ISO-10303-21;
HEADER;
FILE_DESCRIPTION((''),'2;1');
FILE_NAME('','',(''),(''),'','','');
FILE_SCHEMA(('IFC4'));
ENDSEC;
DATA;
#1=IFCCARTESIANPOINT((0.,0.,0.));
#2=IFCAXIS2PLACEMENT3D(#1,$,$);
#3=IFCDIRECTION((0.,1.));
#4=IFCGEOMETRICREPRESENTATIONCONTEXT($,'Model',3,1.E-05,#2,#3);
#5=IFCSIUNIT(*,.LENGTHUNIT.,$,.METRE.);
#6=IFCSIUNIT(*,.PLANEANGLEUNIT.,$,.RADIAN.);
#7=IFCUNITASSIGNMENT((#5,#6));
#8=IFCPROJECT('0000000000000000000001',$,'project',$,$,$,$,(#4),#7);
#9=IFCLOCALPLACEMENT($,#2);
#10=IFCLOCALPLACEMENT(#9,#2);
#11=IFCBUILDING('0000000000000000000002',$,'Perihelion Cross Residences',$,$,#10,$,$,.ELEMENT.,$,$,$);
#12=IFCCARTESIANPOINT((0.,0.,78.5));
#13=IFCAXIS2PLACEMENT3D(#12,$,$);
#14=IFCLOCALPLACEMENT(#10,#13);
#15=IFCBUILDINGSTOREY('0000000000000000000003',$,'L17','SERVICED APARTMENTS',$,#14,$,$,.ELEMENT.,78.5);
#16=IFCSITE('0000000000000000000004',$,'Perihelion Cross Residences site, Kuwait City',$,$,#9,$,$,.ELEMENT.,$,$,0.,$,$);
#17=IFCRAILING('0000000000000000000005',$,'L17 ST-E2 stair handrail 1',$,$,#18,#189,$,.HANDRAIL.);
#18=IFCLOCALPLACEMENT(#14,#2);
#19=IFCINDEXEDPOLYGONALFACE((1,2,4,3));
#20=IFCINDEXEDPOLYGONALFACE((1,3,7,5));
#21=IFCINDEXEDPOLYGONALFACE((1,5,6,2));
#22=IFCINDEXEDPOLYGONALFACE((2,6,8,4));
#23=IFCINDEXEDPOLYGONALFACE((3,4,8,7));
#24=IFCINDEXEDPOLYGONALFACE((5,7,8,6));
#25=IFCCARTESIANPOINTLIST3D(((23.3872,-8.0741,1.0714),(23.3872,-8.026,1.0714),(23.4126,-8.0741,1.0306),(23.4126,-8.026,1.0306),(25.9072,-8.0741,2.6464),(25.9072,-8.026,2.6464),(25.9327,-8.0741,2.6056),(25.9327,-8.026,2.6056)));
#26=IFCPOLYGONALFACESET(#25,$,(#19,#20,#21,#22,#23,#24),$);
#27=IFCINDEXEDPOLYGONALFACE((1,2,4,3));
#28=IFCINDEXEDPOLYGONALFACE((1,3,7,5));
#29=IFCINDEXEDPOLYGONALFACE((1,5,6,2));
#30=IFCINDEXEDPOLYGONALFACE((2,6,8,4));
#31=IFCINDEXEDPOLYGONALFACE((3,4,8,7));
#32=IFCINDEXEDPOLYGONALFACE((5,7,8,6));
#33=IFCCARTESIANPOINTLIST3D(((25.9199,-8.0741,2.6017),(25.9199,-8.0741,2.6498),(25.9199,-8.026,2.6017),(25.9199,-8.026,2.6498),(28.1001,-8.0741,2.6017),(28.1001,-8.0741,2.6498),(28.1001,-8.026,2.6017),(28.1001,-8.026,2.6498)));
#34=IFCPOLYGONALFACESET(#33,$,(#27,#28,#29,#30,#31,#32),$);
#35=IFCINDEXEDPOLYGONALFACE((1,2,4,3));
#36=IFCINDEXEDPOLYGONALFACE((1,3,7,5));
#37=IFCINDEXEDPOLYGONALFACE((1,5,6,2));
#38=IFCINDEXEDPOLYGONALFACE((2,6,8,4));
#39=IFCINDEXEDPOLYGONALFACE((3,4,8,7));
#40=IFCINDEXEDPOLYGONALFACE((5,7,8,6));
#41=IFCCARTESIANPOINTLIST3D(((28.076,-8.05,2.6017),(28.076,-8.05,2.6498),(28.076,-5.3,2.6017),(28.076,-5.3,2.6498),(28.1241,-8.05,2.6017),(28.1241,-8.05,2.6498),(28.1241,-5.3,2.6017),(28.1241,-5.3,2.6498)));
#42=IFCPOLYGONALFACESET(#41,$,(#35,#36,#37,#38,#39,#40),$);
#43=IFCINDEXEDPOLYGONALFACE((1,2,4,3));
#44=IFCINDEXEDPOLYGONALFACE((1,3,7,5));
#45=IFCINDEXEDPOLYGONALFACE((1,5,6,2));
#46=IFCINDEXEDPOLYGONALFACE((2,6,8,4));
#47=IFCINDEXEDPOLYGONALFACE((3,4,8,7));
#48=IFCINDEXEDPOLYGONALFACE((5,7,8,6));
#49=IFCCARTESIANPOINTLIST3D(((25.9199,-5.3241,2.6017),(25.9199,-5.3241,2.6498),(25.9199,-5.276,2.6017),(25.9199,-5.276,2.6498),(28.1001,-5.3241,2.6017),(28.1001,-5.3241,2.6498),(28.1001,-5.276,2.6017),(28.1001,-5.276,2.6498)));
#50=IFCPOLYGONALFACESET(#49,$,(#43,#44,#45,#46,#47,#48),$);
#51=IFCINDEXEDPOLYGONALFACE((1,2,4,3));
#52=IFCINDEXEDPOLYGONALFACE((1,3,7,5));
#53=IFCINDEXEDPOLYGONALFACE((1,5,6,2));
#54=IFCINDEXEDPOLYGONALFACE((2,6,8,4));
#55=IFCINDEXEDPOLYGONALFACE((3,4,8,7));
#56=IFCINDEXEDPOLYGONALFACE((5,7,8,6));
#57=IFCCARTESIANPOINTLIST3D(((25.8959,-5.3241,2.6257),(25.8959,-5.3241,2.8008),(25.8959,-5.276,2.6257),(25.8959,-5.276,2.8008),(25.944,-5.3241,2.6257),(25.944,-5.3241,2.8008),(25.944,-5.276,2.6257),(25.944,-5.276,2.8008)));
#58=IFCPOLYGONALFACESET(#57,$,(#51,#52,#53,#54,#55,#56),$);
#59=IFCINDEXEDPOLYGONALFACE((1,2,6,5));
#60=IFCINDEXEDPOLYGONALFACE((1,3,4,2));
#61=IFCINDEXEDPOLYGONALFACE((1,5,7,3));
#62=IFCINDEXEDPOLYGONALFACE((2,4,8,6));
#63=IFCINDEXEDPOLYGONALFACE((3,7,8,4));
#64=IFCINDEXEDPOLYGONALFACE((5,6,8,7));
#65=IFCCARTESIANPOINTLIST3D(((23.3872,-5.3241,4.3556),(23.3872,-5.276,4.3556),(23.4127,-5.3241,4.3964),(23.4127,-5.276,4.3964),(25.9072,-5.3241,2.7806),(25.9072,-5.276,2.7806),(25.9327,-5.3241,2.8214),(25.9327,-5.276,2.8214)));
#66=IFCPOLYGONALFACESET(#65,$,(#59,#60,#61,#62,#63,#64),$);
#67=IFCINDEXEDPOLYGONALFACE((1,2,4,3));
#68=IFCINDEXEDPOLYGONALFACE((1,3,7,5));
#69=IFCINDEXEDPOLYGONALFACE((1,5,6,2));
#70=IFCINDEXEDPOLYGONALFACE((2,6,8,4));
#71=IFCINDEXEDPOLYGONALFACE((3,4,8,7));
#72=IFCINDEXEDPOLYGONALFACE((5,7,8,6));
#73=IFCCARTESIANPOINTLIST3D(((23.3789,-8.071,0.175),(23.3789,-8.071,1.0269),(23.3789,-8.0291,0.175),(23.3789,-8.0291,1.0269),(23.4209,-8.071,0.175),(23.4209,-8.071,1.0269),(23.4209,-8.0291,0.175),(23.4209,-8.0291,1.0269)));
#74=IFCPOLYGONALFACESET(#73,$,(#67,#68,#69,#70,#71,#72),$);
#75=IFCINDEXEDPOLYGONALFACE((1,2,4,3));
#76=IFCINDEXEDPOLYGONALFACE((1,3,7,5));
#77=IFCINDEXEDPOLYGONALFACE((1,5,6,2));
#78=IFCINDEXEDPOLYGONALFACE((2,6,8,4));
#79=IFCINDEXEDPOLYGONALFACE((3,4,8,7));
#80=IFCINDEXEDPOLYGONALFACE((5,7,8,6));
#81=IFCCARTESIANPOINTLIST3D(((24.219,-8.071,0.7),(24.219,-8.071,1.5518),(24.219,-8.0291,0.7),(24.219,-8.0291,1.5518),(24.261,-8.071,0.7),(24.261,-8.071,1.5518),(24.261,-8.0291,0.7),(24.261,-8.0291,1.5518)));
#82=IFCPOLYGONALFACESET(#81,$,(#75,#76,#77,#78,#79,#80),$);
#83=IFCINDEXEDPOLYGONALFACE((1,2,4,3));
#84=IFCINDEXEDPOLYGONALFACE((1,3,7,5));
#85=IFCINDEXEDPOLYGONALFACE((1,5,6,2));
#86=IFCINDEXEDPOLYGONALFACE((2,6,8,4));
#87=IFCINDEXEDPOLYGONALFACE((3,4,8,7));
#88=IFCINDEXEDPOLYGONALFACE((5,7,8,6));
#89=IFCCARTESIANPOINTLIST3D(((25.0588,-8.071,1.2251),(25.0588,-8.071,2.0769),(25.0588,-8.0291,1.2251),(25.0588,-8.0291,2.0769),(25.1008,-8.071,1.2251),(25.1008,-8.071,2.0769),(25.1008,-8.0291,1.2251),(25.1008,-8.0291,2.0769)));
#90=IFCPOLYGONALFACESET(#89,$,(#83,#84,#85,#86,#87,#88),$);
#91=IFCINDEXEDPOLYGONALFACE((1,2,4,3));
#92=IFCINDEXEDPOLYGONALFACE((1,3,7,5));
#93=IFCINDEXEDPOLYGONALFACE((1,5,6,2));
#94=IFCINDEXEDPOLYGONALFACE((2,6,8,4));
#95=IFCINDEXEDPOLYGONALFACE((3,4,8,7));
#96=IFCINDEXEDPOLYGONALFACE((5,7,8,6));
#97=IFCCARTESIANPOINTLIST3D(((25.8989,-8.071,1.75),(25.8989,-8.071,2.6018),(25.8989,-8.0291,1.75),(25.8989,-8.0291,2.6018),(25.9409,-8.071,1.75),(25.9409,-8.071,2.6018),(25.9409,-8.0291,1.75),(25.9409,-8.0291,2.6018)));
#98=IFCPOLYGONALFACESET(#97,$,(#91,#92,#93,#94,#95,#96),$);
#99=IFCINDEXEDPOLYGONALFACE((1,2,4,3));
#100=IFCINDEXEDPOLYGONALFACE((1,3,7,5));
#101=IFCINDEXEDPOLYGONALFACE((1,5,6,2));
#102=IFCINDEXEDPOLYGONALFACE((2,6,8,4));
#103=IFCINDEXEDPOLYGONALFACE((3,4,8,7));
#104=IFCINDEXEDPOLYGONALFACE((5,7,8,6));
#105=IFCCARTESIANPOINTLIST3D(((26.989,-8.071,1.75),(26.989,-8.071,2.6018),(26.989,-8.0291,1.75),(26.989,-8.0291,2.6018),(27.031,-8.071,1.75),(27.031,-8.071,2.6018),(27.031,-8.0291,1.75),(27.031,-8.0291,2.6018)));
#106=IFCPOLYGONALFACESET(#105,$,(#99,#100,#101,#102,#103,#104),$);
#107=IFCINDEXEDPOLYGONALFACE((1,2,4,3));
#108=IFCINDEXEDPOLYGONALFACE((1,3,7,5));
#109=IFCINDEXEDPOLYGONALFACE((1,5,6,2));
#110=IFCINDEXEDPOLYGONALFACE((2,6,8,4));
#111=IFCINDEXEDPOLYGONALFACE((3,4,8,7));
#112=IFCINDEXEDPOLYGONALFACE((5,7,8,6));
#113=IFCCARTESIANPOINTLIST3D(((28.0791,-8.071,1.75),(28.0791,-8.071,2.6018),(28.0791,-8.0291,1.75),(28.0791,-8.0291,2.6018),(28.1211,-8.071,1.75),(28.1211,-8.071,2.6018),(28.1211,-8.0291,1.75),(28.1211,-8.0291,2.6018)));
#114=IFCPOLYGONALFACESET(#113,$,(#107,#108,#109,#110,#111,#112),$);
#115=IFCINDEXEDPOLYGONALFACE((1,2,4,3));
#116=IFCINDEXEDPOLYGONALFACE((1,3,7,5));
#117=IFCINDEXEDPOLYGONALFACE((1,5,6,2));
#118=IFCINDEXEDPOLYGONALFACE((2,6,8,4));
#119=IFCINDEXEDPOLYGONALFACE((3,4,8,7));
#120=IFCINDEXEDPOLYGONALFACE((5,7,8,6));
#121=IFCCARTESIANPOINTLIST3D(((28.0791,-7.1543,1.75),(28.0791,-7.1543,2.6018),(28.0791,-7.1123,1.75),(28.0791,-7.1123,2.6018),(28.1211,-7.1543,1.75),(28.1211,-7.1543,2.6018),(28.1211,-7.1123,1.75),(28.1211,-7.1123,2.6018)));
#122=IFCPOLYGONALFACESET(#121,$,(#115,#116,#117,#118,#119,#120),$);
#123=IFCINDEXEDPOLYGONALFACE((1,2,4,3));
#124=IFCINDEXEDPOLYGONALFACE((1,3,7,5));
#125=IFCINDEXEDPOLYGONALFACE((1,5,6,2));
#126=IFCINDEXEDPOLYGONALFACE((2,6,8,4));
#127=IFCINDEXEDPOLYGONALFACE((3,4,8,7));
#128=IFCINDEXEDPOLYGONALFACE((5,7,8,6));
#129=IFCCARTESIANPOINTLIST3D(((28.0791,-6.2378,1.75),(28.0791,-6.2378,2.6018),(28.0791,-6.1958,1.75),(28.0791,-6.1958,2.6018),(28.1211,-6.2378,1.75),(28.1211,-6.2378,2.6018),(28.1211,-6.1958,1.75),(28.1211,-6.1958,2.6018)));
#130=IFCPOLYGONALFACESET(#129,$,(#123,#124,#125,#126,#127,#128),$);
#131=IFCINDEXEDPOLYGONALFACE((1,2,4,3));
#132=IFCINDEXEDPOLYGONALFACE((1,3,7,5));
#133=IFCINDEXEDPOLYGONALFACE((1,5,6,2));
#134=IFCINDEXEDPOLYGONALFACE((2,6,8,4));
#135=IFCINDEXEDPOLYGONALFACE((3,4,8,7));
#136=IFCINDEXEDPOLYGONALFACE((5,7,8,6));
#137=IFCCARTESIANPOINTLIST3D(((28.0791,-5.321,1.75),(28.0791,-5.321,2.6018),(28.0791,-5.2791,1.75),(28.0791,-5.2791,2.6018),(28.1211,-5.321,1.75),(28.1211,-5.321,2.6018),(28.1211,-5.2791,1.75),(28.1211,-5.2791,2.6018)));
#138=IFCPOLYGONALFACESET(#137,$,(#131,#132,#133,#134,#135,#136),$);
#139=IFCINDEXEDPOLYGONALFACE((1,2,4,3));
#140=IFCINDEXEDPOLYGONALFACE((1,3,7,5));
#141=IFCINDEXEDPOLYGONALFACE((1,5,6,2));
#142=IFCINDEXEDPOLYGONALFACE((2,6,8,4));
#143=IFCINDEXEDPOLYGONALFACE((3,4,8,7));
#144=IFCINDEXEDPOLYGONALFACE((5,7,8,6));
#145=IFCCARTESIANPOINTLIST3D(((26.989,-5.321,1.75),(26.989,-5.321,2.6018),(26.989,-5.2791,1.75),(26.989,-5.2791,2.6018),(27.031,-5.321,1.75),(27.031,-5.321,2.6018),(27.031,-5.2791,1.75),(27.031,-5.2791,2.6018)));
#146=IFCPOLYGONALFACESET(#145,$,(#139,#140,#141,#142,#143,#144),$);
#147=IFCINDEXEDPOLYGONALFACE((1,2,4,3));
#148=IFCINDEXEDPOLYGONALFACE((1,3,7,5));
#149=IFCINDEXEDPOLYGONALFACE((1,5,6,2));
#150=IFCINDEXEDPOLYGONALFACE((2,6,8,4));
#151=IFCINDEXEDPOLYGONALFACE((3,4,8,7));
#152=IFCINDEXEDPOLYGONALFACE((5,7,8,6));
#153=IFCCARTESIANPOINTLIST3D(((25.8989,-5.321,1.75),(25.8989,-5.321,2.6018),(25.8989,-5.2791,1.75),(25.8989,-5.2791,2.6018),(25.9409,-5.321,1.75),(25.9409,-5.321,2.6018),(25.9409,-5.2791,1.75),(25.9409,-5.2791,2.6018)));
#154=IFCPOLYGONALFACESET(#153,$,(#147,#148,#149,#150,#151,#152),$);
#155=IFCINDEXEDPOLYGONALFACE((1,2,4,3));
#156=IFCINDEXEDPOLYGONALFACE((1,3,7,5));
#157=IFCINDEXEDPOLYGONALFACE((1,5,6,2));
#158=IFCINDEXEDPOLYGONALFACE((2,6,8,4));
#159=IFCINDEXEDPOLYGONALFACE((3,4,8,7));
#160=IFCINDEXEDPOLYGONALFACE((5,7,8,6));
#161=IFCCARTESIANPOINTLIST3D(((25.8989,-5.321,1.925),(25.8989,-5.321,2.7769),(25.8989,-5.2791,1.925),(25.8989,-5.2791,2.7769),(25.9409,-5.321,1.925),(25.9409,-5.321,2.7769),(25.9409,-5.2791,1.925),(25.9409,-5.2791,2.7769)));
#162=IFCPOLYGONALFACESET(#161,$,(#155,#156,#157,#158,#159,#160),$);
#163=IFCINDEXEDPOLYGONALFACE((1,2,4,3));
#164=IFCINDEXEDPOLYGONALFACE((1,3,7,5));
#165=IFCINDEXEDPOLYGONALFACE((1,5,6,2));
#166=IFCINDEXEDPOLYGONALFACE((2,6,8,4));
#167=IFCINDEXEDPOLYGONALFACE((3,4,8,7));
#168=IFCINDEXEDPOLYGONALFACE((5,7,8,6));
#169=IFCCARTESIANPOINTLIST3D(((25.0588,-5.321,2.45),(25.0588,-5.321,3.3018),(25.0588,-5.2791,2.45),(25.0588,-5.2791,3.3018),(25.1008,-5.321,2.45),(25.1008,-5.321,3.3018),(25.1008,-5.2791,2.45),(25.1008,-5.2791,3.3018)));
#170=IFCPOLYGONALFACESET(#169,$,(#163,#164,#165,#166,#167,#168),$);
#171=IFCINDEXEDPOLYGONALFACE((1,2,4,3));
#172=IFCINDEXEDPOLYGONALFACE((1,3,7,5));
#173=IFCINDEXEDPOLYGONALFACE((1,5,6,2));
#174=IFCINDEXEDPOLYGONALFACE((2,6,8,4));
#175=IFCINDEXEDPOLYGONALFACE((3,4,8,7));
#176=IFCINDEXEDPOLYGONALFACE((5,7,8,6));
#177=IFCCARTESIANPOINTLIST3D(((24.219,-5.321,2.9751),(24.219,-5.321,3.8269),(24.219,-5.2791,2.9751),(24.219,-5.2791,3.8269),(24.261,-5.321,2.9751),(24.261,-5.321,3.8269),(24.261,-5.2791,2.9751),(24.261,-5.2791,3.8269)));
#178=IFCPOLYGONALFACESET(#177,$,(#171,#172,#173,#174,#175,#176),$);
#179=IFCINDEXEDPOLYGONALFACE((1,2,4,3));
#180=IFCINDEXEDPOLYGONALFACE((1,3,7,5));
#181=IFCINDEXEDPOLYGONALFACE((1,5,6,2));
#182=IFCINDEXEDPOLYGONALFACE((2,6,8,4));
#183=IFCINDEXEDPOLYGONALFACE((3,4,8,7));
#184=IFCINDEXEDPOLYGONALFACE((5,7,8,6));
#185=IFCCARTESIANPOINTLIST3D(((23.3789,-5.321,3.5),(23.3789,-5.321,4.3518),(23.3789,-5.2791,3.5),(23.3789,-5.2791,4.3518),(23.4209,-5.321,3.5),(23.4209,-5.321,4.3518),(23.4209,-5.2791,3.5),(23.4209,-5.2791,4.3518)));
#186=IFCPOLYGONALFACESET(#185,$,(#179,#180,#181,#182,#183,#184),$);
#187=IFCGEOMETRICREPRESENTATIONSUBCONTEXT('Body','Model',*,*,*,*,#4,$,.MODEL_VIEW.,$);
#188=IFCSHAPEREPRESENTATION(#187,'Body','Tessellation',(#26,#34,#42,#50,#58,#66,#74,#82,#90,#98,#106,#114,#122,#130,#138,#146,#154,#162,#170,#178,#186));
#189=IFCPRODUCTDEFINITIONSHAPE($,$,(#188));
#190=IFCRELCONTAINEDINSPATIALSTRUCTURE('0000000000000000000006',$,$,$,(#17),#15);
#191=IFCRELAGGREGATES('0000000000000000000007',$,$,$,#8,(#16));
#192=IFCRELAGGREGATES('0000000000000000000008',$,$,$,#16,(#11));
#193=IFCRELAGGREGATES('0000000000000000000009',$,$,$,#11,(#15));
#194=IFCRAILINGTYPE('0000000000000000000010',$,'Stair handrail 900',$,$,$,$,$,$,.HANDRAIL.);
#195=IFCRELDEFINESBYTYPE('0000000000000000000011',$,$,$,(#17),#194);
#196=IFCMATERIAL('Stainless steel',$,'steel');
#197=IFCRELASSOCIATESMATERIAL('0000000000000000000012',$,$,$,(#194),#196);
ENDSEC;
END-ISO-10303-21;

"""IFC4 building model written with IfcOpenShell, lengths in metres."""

from ifc_helpers import new_model, si_unit, direction, frame, origin, origin_2d, place, context, subcontext, project, spatial, rectangle, extrude, material, type_object, element, save


model = new_model("IFC4")

# Units and contexts
model_context = context("Model", 3, precision=1e-05, world=origin(), true_north=direction((0.0, 1.0)))
body_context = subcontext(model_context, "Body", "Model", "MODEL_VIEW")
ifc_project = project(units=[si_unit("LENGTHUNIT", "METRE"), si_unit("PLANEANGLEUNIT", "RADIAN")], contexts=[model_context])

# Site, building, storey
site_placement = place(None, origin())
site = spatial("IfcSite", under=ifc_project, at=site_placement, Name="Perihelion Cross Residences site, Kuwait City", CompositionType="ELEMENT", RefElevation=0.0)
building_placement = place(site_placement, origin())
building = spatial("IfcBuilding", under=site, at=building_placement, Name="Perihelion Cross Residences", CompositionType="ELEMENT")
storey_placement = place(building_placement, frame((0.0, 0.0, 78.5)))
storey = spatial("IfcBuildingStorey", under=building, at=storey_placement, Name="L17", Description="SERVICED APARTMENTS", CompositionType="ELEMENT", Elevation=78.5)

# Railing
ifc_material_1 = material(Name="Stainless steel", Category="steel")
railing_type_1 = type_object("IfcRailingType", Name="Stair handrail 900", PredefinedType="HANDRAIL", material=ifc_material_1)
railing_1_placement = place(storey_placement, frame((23.3999, -8.05, 0.175)))
element("IfcRailing", 1, at=railing_1_placement, inside=storey, type_object=railing_type_1, Name="L17 ST-E2 stair handrail 1", PredefinedType="HANDRAIL", context=body_context, shape_type="SweptSolid", body=[
    extrude(rectangle(XDim=0.0481, YDim=0.0481, at=origin_2d()), frame((0.0, 0.0, 0.876), z_axis=(0.848008, 0.0, 0.529984), x_axis=(0.0, 1.0, 0.0)), (0.0, 0.0, 1.0), 2.9717),
    extrude(rectangle(XDim=0.0481, YDim=0.0481, at=origin_2d()), frame((2.52, 0.0, 2.4507), z_axis=(1.0, 0.0, 0.0), x_axis=(0.0, 1.0, 0.0)), (0.0, 0.0, 1.0), 2.1802),
    extrude(rectangle(XDim=0.0481, YDim=0.0481, at=origin_2d()), frame((4.7002, 0.0, 2.4507), z_axis=(0.0, 1.0, 0.0), x_axis=(-1.0, 0.0, 0.0)), (0.0, 0.0, 1.0), 2.75),
    extrude(rectangle(XDim=0.0481, YDim=0.0481, at=origin_2d()), frame((4.7002, 2.75, 2.4507), z_axis=(-1.0, 0.0, 0.0), x_axis=(0.0, -1.0, 0.0)), (0.0, 0.0, 1.0), 2.1802),
    extrude(rectangle(XDim=0.0481, YDim=0.0481, at=origin_2d()), frame((2.52, 2.75, 2.4507), z_axis=(0.0, 0.0, 1.0), x_axis=(1.0, 0.0, 0.0)), (0.0, 0.0, 1.0), 0.175),
    extrude(rectangle(XDim=0.0481, YDim=0.0481, at=origin_2d()), frame((2.52, 2.75, 2.626), z_axis=(-0.848008, 0.0, 0.529984), x_axis=(0.0, -1.0, 0.0)), (0.0, 0.0, 1.0), 2.9717),
    extrude(rectangle(XDim=0.042, YDim=0.042, at=origin_2d()), origin(), (0.0, 0.0, 1.0), 0.8518),
    extrude(rectangle(XDim=0.042, YDim=0.042, at=origin_2d()), frame((0.8401, 0.0, 0.5249)), (0.0, 0.0, 1.0), 0.8518),
    extrude(rectangle(XDim=0.042, YDim=0.042, at=origin_2d()), frame((1.6799, 0.0, 1.05)), (0.0, 0.0, 1.0), 0.8518),
    extrude(rectangle(XDim=0.042, YDim=0.042, at=origin_2d()), frame((2.52, 0.0, 1.575)), (0.0, 0.0, 1.0), 0.8518),
    extrude(rectangle(XDim=0.042, YDim=0.042, at=origin_2d()), frame((3.6101, 0.0, 1.575)), (0.0, 0.0, 1.0), 0.8518),
    extrude(rectangle(XDim=0.042, YDim=0.042, at=origin_2d()), frame((4.7002, 0.0, 1.575)), (0.0, 0.0, 1.0), 0.8518),
    extrude(rectangle(XDim=0.042, YDim=0.042, at=origin_2d()), frame((4.7002, 0.9167, 1.575)), (0.0, 0.0, 1.0), 0.8518),
    extrude(rectangle(XDim=0.042, YDim=0.042, at=origin_2d()), frame((4.7002, 1.8333, 1.575)), (0.0, 0.0, 1.0), 0.8518),
    extrude(rectangle(XDim=0.042, YDim=0.042, at=origin_2d()), frame((4.7002, 2.75, 1.575)), (0.0, 0.0, 1.0), 0.8518),
    extrude(rectangle(XDim=0.042, YDim=0.042, at=origin_2d()), frame((3.6101, 2.75, 1.575)), (0.0, 0.0, 1.0), 0.8518),
    extrude(rectangle(XDim=0.042, YDim=0.042, at=origin_2d()), frame((2.52, 2.75, 1.575)), (0.0, 0.0, 1.0), 0.8518),
    extrude(rectangle(XDim=0.042, YDim=0.042, at=origin_2d()), frame((2.52, 2.75, 1.75)), (0.0, 0.0, 1.0), 0.8518),
    extrude(rectangle(XDim=0.042, YDim=0.042, at=origin_2d()), frame((1.6799, 2.75, 2.2749)), (0.0, 0.0, 1.0), 0.8518),
    extrude(rectangle(XDim=0.042, YDim=0.042, at=origin_2d()), frame((0.8401, 2.75, 2.8)), (0.0, 0.0, 1.0), 0.8518),
    extrude(rectangle(XDim=0.042, YDim=0.042, at=origin_2d()), frame((0.0, 2.75, 3.325)), (0.0, 0.0, 1.0), 0.8518),
])

save(model, "model.ifc")
